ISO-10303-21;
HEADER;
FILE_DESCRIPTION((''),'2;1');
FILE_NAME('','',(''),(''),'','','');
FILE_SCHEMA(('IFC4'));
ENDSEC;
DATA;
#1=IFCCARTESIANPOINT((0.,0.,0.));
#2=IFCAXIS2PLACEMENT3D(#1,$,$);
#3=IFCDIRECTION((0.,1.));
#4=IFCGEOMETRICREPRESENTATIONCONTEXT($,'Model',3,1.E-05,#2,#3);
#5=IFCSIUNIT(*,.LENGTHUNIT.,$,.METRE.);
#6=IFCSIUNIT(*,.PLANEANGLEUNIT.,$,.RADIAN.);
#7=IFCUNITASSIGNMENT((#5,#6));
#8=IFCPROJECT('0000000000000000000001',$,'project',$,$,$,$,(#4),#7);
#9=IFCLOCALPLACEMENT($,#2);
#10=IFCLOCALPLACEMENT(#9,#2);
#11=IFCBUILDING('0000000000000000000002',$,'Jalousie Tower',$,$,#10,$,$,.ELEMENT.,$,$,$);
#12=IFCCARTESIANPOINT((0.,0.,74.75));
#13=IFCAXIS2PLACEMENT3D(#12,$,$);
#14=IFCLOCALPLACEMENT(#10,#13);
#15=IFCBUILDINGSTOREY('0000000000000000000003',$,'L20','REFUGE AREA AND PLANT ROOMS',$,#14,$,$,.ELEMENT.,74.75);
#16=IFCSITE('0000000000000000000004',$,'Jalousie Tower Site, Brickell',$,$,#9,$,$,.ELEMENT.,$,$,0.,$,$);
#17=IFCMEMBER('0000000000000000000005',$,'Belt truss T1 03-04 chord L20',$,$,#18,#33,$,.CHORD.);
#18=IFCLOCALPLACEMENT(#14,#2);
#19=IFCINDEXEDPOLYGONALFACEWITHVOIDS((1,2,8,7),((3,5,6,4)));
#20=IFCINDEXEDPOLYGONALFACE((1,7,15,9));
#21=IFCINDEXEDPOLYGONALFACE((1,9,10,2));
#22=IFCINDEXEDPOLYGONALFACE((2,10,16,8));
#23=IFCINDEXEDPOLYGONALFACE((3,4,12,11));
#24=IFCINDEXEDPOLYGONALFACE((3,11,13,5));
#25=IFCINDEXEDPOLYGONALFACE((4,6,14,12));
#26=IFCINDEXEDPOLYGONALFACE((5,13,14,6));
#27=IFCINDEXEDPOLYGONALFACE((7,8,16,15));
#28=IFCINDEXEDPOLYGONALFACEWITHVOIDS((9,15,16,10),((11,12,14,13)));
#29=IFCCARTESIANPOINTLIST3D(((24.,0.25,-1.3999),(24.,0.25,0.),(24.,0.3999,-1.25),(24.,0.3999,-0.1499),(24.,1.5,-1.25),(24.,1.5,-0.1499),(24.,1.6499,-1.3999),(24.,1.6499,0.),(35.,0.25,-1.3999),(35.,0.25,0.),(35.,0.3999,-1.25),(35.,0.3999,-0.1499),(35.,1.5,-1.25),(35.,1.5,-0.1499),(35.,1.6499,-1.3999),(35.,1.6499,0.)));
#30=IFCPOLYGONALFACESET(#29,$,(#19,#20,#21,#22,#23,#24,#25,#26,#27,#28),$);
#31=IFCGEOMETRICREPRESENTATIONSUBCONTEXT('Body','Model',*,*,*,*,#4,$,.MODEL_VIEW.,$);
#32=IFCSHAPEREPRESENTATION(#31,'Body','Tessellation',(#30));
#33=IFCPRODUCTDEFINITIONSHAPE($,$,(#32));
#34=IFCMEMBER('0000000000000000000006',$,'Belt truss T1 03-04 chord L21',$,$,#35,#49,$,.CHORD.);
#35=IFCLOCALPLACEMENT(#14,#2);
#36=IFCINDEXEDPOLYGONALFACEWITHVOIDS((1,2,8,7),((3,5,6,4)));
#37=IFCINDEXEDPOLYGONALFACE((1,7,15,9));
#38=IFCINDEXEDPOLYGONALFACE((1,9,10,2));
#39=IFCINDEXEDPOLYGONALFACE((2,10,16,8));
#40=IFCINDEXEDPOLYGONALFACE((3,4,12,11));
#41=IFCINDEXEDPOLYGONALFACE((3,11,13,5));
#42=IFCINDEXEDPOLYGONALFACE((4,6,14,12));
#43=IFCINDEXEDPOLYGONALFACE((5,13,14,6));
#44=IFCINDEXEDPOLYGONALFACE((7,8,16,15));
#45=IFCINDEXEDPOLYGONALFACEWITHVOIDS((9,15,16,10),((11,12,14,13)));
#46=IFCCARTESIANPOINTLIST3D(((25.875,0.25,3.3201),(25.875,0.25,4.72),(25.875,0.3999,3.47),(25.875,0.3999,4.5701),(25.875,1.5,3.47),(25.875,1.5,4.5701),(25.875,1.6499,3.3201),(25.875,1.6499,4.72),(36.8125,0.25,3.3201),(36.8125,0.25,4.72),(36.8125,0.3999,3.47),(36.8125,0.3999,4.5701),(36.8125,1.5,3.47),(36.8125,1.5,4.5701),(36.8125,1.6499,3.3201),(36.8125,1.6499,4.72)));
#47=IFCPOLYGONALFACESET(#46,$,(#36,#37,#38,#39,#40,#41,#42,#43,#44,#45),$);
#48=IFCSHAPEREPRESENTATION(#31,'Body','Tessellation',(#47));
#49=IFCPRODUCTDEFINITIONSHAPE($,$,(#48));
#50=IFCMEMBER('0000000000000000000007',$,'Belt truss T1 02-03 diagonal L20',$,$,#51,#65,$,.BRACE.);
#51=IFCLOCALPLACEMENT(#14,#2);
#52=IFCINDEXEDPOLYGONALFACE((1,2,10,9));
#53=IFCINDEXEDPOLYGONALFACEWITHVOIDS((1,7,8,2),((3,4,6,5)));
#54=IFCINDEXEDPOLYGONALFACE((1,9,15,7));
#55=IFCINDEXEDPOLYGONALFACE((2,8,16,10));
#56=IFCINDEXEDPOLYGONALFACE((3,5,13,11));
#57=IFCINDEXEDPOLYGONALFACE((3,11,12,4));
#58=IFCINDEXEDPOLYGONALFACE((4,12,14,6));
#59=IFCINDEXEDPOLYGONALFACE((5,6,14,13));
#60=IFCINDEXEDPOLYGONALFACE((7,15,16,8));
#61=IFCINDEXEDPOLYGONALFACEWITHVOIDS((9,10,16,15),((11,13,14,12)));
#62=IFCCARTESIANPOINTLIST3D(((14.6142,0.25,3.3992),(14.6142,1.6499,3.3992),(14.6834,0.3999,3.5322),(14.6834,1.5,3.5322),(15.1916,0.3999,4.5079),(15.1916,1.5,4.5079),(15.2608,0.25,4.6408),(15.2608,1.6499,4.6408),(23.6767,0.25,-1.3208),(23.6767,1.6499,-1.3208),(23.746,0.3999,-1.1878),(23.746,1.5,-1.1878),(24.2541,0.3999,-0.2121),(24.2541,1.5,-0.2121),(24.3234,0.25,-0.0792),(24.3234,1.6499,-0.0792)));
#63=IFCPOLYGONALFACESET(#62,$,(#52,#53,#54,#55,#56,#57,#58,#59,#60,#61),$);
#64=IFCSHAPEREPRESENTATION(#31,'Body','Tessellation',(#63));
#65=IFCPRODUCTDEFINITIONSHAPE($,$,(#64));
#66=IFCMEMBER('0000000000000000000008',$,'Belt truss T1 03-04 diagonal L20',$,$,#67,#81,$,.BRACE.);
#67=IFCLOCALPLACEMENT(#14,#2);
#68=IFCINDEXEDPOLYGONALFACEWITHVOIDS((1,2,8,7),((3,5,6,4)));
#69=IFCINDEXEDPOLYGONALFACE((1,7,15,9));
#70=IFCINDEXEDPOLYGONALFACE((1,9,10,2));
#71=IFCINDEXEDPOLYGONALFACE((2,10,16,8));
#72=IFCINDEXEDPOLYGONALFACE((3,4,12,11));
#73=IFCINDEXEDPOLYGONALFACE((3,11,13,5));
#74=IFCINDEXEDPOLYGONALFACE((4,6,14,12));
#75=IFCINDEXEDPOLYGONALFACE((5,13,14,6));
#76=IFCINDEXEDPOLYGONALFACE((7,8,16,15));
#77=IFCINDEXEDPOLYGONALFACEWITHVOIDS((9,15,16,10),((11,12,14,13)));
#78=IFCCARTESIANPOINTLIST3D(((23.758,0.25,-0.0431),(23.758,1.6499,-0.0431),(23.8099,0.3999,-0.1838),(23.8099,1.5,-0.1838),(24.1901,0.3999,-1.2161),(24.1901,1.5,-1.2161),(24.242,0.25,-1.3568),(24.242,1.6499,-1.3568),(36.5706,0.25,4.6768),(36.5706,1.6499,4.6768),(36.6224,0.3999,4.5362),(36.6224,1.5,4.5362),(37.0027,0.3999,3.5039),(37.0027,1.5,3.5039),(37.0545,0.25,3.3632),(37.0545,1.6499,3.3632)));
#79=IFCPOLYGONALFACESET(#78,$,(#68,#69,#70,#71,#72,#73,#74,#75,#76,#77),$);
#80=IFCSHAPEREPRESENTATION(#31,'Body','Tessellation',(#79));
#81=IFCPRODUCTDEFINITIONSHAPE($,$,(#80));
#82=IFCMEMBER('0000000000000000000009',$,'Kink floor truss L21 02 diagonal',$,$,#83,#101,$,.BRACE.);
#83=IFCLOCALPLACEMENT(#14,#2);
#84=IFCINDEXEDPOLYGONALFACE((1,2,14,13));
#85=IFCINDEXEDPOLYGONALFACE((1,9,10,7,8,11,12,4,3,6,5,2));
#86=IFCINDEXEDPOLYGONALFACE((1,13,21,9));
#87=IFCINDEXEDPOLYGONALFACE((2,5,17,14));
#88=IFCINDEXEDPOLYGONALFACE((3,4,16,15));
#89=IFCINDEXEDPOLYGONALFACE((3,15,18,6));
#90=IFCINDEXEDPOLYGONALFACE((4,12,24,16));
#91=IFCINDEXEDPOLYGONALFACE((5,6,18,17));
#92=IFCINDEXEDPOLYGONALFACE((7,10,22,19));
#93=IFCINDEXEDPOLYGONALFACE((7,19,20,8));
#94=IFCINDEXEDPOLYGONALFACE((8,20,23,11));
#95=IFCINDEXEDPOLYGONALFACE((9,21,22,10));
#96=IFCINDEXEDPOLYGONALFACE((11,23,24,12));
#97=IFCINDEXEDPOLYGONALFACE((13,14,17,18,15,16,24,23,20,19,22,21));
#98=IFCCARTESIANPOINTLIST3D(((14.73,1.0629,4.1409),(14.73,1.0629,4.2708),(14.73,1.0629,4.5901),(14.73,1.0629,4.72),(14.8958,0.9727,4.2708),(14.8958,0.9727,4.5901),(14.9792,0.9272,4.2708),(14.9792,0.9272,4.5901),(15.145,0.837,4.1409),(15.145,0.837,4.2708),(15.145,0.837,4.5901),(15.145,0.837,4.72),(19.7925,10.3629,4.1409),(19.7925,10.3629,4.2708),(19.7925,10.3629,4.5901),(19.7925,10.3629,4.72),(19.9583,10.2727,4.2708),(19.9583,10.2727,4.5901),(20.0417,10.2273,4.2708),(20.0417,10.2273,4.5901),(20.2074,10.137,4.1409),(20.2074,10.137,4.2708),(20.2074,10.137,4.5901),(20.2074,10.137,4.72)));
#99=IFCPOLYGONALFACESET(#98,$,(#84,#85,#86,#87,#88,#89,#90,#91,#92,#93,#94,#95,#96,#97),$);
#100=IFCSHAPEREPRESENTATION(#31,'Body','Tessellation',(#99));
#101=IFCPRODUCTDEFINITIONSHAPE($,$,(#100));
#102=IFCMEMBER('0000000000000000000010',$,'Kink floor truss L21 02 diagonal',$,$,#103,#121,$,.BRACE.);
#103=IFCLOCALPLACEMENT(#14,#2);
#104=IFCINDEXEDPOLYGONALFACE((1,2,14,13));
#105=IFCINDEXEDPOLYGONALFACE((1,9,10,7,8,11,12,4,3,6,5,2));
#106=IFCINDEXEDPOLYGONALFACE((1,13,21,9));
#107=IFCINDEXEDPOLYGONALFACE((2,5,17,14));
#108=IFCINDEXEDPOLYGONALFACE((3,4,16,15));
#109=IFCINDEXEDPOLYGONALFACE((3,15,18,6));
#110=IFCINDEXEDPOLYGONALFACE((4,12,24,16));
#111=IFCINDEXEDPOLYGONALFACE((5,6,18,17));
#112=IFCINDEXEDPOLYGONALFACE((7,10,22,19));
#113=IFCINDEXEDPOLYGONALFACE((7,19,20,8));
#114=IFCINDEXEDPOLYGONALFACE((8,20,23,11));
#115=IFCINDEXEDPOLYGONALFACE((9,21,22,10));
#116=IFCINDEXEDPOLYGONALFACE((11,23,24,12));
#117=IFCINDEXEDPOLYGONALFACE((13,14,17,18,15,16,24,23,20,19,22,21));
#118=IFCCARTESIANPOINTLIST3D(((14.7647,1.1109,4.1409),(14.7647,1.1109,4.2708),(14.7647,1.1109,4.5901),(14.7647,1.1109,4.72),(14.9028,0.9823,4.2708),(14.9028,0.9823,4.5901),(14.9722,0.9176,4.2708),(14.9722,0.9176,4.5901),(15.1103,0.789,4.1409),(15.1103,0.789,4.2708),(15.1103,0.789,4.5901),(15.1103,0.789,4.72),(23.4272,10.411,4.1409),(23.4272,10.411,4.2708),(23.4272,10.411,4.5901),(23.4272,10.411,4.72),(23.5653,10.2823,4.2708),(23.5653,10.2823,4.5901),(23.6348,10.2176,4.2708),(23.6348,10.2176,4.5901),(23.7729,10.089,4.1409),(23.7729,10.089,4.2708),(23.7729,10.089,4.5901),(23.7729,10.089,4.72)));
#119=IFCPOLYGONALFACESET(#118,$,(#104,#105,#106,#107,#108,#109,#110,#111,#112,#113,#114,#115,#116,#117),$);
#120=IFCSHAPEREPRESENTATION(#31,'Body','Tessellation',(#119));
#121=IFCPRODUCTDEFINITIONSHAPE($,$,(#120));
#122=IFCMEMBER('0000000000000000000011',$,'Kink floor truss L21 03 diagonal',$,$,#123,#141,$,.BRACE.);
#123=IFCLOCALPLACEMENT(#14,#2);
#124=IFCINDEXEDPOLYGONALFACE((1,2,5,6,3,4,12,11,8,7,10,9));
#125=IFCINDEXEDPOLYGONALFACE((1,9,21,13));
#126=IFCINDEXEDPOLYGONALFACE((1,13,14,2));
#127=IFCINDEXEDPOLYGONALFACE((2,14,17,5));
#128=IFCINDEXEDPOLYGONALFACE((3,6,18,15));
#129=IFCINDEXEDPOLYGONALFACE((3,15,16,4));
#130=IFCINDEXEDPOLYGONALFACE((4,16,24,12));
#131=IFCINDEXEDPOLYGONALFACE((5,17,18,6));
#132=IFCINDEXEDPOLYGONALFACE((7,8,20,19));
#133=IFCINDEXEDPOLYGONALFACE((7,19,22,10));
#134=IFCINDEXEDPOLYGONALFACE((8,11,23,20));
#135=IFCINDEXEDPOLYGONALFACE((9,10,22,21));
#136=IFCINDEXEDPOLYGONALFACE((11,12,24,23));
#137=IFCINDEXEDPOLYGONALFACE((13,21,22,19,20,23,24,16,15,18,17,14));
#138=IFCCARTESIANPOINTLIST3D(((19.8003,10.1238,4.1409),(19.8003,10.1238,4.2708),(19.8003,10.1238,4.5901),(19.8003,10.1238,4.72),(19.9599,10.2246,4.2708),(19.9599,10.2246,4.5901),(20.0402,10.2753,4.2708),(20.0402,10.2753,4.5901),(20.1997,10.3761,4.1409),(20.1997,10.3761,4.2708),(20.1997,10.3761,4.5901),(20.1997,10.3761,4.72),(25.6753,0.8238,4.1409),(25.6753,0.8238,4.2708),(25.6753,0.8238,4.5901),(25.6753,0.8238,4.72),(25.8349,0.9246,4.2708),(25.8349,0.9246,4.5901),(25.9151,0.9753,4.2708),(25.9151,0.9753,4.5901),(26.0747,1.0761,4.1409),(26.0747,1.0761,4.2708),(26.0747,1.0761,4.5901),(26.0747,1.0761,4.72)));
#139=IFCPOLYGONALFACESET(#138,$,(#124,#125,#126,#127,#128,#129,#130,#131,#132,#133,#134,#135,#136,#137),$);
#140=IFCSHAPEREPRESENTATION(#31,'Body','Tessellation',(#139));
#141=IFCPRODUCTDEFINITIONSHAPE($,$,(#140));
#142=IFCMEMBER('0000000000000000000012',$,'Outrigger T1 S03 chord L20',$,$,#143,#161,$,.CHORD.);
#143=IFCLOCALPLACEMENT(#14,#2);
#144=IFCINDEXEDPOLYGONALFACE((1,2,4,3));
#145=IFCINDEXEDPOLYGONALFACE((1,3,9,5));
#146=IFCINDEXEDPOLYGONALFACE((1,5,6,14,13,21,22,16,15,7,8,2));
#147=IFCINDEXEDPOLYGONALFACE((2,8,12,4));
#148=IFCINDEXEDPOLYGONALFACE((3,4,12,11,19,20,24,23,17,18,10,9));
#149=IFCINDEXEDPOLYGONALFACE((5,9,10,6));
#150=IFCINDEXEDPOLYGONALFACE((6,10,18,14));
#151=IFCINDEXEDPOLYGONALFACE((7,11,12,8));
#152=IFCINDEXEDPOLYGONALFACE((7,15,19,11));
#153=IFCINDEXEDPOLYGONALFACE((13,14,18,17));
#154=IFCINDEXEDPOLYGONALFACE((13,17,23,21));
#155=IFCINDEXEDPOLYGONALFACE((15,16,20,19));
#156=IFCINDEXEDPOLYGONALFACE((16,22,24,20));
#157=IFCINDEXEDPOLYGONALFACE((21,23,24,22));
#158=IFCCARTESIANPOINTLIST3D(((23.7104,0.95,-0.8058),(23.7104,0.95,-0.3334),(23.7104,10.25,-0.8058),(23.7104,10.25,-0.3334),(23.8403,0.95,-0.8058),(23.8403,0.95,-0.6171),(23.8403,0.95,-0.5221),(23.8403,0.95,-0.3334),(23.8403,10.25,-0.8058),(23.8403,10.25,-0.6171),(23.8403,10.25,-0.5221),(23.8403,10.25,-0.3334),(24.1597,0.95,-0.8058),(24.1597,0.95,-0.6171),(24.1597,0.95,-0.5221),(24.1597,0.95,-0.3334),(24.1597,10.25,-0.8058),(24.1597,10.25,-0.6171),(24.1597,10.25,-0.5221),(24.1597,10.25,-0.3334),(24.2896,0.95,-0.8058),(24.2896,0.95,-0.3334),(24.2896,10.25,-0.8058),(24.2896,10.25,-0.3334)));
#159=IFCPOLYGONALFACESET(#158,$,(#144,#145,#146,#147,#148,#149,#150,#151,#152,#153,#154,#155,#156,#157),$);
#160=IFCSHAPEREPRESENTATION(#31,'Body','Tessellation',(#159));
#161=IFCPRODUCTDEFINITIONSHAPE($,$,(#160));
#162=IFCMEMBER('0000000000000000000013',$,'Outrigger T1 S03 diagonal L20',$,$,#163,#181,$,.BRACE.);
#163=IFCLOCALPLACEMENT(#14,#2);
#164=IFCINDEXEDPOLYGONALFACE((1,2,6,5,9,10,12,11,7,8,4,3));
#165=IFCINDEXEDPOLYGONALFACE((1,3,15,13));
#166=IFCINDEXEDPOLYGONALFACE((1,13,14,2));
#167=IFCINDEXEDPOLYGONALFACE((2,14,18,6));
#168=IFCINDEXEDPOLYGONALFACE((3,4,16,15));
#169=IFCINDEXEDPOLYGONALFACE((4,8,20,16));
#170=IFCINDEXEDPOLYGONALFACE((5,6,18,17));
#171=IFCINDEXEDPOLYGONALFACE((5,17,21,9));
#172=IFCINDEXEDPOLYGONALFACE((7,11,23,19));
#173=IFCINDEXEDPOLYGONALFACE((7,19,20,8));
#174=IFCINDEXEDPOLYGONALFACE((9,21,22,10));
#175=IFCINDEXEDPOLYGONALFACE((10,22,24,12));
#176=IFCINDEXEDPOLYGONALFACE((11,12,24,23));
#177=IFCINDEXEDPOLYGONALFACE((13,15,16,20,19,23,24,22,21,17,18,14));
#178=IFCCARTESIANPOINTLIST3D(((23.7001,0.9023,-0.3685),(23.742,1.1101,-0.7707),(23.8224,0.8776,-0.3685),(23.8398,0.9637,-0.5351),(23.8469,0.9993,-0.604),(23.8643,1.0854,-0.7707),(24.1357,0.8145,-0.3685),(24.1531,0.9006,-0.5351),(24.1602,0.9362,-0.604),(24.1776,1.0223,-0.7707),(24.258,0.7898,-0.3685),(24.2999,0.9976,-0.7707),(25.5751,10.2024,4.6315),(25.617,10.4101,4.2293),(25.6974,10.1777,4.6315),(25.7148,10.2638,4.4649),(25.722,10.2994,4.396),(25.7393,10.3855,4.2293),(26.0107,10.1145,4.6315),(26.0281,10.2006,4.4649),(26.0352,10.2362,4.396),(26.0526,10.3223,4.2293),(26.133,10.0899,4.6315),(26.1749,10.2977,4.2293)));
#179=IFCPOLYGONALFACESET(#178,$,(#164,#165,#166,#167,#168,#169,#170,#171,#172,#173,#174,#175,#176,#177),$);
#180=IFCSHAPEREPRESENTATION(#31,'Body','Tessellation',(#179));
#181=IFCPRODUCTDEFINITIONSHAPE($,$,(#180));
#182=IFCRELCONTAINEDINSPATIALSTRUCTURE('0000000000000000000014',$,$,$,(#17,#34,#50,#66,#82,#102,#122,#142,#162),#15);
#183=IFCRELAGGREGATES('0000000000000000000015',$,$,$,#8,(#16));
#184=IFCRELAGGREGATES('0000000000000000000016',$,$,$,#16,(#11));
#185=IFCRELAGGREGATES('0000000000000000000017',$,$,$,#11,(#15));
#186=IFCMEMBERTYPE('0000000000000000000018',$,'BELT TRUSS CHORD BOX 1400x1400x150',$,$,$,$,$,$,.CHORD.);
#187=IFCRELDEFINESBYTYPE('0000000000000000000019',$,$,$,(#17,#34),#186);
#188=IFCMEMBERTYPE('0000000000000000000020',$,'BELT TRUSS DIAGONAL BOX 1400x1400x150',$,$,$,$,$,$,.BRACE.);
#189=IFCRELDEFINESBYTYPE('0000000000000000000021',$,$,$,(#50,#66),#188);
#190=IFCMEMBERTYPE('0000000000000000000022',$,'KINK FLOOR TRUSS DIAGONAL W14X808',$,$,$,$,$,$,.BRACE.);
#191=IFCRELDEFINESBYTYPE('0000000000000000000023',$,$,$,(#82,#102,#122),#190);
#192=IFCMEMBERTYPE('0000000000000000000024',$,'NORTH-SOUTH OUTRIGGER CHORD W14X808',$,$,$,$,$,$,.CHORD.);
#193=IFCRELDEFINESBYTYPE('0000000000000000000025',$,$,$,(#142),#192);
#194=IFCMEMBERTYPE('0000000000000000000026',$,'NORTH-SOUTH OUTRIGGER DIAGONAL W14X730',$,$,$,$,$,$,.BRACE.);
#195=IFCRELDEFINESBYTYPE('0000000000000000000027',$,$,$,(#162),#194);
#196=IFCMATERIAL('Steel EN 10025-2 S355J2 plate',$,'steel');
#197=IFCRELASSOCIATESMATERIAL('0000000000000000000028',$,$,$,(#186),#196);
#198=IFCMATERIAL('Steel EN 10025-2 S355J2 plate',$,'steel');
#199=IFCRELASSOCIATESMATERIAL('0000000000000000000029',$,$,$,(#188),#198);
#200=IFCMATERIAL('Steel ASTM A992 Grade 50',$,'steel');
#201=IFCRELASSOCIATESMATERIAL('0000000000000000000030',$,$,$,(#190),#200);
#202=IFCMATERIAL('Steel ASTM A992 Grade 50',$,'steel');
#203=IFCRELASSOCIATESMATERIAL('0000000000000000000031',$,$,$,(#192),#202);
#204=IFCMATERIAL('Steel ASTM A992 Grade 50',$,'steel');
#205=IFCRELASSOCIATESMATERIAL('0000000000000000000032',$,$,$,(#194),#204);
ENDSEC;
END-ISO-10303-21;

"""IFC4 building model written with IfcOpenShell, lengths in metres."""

from ifc_helpers import new_model, si_unit, direction, frame, origin, origin_2d, place, context, subcontext, project, spatial, hollow_rectangle, i_section, extrude, material, material_profile, profile_set, type_object, element, save


model = new_model("IFC4")

# Units and contexts
model_context = context("Model", 3, precision=1e-05, world=origin(), true_north=direction((0.0, 1.0)))
body_context = subcontext(model_context, "Body", "Model", "MODEL_VIEW")
ifc_project = project(units=[si_unit("LENGTHUNIT", "METRE"), si_unit("PLANEANGLEUNIT", "RADIAN")], contexts=[model_context])

# Site, building, storey
site_placement = place(None, origin())
site = spatial("IfcSite", under=ifc_project, at=site_placement, Name="Jalousie Tower Site, Brickell", CompositionType="ELEMENT", RefElevation=0.0)
building_placement = place(site_placement, origin())
building = spatial("IfcBuilding", under=site, at=building_placement, Name="Jalousie Tower", CompositionType="ELEMENT")
storey_placement = place(building_placement, frame((0.0, 0.0, 74.75)))
storey = spatial("IfcBuildingStorey", under=building, at=storey_placement, Name="L20", Description="REFUGE AREA AND PLANT ROOMS", CompositionType="ELEMENT", Elevation=74.75)

# Members
ifc_material_1 = material(Name="Steel EN 10025-2 S355J2 plate", Category="steel")
ifc_material_profile_1 = material_profile(ifc_material_1, hollow_rectangle(XDim=1.3999, YDim=1.3999, WallThickness=0.1499, at=origin_2d()), Name="BOX 1400x1400x150")
ifc_profile_set_1 = profile_set([ifc_material_profile_1], Name="Steel EN 10025-2 S355J2 plate")
member_type_1 = type_object("IfcMemberType", Name="BELT TRUSS CHORD BOX 1400x1400x150", PredefinedType="CHORD", material=ifc_profile_set_1)
member_1_placement = place(storey_placement, frame((24.0, 0.95, -0.7), z_axis=(1.0, 0.0, 0.0), x_axis=(0.0, 1.0, 0.0)))
element("IfcMember", 1, at=member_1_placement, inside=storey, type_object=member_type_1, Name="Belt truss T1 03-04 chord L20", PredefinedType="CHORD", context=body_context, shape_type="SweptSolid", body=[
    extrude(hollow_rectangle(XDim=1.3999, YDim=1.3999, WallThickness=0.1499, at=origin_2d()), origin(), (0.0, 0.0, 1.0), 11.0),
])
member_2_placement = place(storey_placement, frame((25.875, 0.95, 4.02), z_axis=(1.0, 0.0, 0.0), x_axis=(0.0, 1.0, 0.0)))
element("IfcMember", 2, at=member_2_placement, inside=storey, type_object=member_type_1, Name="Belt truss T1 03-04 chord L21", PredefinedType="CHORD", context=body_context, shape_type="SweptSolid", body=[
    extrude(hollow_rectangle(XDim=1.3999, YDim=1.3999, WallThickness=0.1499, at=origin_2d()), origin(), (0.0, 0.0, 1.0), 10.9375),
])
ifc_material_2 = material(Name="Steel EN 10025-2 S355J2 plate", Category="steel")
ifc_material_profile_2 = material_profile(ifc_material_2, hollow_rectangle(XDim=1.3999, YDim=1.3999, WallThickness=0.1499, at=origin_2d()), Name="BOX 1400x1400x150")
ifc_profile_set_2 = profile_set([ifc_material_profile_2], Name="Steel EN 10025-2 S355J2 plate")
member_type_2 = type_object("IfcMemberType", Name="BELT TRUSS DIAGONAL BOX 1400x1400x150", PredefinedType="BRACE", material=ifc_profile_set_2)
member_3_placement = place(storey_placement, frame((14.9375, 0.95, 4.02), z_axis=(0.886917, 0.0, -0.461928), x_axis=(0.0, 1.0, 0.0)))
element("IfcMember", 3, at=member_3_placement, inside=storey, type_object=member_type_2, Name="Belt truss T1 02-03 diagonal L20", PredefinedType="BRACE", context=body_context, shape_type="SweptSolid", body=[
    extrude(hollow_rectangle(XDim=1.3999, YDim=1.3999, WallThickness=0.1499, at=origin_2d()), origin(), (0.0, 0.0, 1.0), 10.218),
])
member_4_placement = place(storey_placement, frame((24.0, 0.95, -0.7), z_axis=(0.938353, 0.0, 0.345678), x_axis=(0.0, 1.0, 0.0)))
element("IfcMember", 4, at=member_4_placement, inside=storey, type_object=member_type_2, Name="Belt truss T1 03-04 diagonal L20", PredefinedType="BRACE", context=body_context, shape_type="SweptSolid", body=[
    extrude(hollow_rectangle(XDim=1.3999, YDim=1.3999, WallThickness=0.1499, at=origin_2d()), origin(), (0.0, 0.0, 1.0), 13.6543),
])
ifc_material_3 = material(Name="Steel ASTM A992 Grade 50", Category="steel")
ifc_material_profile_3 = material_profile(ifc_material_3, i_section(OverallWidth=0.4724, OverallDepth=0.5791, WebThickness=0.095, FlangeThickness=0.1299, at=origin_2d()), Name="W14X808")
ifc_profile_set_3 = profile_set([ifc_material_profile_3], Name="Steel ASTM A992 Grade 50")
member_type_3 = type_object("IfcMemberType", Name="KINK FLOOR TRUSS DIAGONAL W14X808", PredefinedType="BRACE", material=ifc_profile_set_3)
member_5_placement = place(storey_placement, frame((14.9375, 0.95, 4.4304), z_axis=(0.478106, 0.878302, 0.0), x_axis=(-0.878302, 0.478106, 0.0)))
element("IfcMember", 5, at=member_5_placement, inside=storey, type_object=member_type_3, Name="Kink floor truss L21 02 diagonal", PredefinedType="BRACE", context=body_context, shape_type="SweptSolid", body=[
    extrude(i_section(OverallWidth=0.4724, OverallDepth=0.5791, WebThickness=0.095, FlangeThickness=0.1299, at=origin_2d()), origin(), (0.0, 0.0, 1.0), 10.5886),
])
member_6_placement = place(storey_placement, frame((14.9375, 0.95, 4.4304), z_axis=(0.681584, 0.73174, 0.0), x_axis=(-0.73174, 0.681584, 0.0)))
element("IfcMember", 6, at=member_6_placement, inside=storey, type_object=member_type_3, Name="Kink floor truss L21 02 diagonal", PredefinedType="BRACE", context=body_context, shape_type="SweptSolid", body=[
    extrude(i_section(OverallWidth=0.4724, OverallDepth=0.5791, WebThickness=0.095, FlangeThickness=0.1299, at=origin_2d()), origin(), (0.0, 0.0, 1.0), 12.7095),
])
member_7_placement = place(storey_placement, frame((25.875, 0.95, 4.4304), z_axis=(-0.534076, 0.845436, 0.0), x_axis=(-0.845436, -0.534076, 0.0)))
element("IfcMember", 7, at=member_7_placement, inside=storey, type_object=member_type_3, Name="Kink floor truss L21 03 diagonal", PredefinedType="BRACE", context=body_context, shape_type="SweptSolid", body=[
    extrude(i_section(OverallWidth=0.4724, OverallDepth=0.5791, WebThickness=0.095, FlangeThickness=0.1299, at=origin_2d()), origin(), (0.0, 0.0, 1.0), 11.0002),
])
ifc_material_4 = material(Name="Steel ASTM A992 Grade 50", Category="steel")
ifc_material_profile_4 = material_profile(ifc_material_4, i_section(OverallWidth=0.4724, OverallDepth=0.5791, WebThickness=0.095, FlangeThickness=0.1299, at=origin_2d()), Name="W14X808")
ifc_profile_set_4 = profile_set([ifc_material_profile_4], Name="Steel ASTM A992 Grade 50")
member_type_4 = type_object("IfcMemberType", Name="NORTH-SOUTH OUTRIGGER CHORD W14X808", PredefinedType="CHORD", material=ifc_profile_set_4)
member_8_placement = place(storey_placement, frame((24.0, 0.95, -0.5696), z_axis=(0.0, 1.0, 0.0), x_axis=(0.0, 0.0, 1.0)))
element("IfcMember", 8, at=member_8_placement, inside=storey, type_object=member_type_4, Name="Outrigger T1 S03 chord L20", PredefinedType="CHORD", context=body_context, shape_type="SweptSolid", body=[
    extrude(i_section(OverallWidth=0.4724, OverallDepth=0.5791, WebThickness=0.095, FlangeThickness=0.1299, at=origin_2d()), origin(), (0.0, 0.0, 1.0), 9.3),
])
ifc_material_5 = material(Name="Steel ASTM A992 Grade 50", Category="steel")
ifc_material_profile_5 = material_profile(ifc_material_5, i_section(OverallWidth=0.4546, OverallDepth=0.5691, WebThickness=0.0779, FlangeThickness=0.1248, at=origin_2d()), Name="W14X730")
ifc_profile_set_5 = profile_set([ifc_material_profile_5], Name="Steel ASTM A992 Grade 50")
member_type_5 = type_object("IfcMemberType", Name="NORTH-SOUTH OUTRIGGER DIAGONAL W14X730", PredefinedType="BRACE", material=ifc_profile_set_5)
member_9_placement = place(storey_placement, frame((24.0, 0.95, -0.5696), z_axis=(0.17484, 0.867209, 0.466239), x_axis=(-0.092145, -0.457043, 0.884659)))
element("IfcMember", 9, at=member_9_placement, inside=storey, type_object=member_type_5, Name="Outrigger T1 S03 diagonal L20", PredefinedType="BRACE", context=body_context, shape_type="SweptSolid", body=[
    extrude(i_section(OverallWidth=0.4546, OverallDepth=0.5691, WebThickness=0.0779, FlangeThickness=0.1248, at=origin_2d()), origin(), (0.0, 0.0, 1.0), 10.7241),
])

save(model, "model.ifc")
